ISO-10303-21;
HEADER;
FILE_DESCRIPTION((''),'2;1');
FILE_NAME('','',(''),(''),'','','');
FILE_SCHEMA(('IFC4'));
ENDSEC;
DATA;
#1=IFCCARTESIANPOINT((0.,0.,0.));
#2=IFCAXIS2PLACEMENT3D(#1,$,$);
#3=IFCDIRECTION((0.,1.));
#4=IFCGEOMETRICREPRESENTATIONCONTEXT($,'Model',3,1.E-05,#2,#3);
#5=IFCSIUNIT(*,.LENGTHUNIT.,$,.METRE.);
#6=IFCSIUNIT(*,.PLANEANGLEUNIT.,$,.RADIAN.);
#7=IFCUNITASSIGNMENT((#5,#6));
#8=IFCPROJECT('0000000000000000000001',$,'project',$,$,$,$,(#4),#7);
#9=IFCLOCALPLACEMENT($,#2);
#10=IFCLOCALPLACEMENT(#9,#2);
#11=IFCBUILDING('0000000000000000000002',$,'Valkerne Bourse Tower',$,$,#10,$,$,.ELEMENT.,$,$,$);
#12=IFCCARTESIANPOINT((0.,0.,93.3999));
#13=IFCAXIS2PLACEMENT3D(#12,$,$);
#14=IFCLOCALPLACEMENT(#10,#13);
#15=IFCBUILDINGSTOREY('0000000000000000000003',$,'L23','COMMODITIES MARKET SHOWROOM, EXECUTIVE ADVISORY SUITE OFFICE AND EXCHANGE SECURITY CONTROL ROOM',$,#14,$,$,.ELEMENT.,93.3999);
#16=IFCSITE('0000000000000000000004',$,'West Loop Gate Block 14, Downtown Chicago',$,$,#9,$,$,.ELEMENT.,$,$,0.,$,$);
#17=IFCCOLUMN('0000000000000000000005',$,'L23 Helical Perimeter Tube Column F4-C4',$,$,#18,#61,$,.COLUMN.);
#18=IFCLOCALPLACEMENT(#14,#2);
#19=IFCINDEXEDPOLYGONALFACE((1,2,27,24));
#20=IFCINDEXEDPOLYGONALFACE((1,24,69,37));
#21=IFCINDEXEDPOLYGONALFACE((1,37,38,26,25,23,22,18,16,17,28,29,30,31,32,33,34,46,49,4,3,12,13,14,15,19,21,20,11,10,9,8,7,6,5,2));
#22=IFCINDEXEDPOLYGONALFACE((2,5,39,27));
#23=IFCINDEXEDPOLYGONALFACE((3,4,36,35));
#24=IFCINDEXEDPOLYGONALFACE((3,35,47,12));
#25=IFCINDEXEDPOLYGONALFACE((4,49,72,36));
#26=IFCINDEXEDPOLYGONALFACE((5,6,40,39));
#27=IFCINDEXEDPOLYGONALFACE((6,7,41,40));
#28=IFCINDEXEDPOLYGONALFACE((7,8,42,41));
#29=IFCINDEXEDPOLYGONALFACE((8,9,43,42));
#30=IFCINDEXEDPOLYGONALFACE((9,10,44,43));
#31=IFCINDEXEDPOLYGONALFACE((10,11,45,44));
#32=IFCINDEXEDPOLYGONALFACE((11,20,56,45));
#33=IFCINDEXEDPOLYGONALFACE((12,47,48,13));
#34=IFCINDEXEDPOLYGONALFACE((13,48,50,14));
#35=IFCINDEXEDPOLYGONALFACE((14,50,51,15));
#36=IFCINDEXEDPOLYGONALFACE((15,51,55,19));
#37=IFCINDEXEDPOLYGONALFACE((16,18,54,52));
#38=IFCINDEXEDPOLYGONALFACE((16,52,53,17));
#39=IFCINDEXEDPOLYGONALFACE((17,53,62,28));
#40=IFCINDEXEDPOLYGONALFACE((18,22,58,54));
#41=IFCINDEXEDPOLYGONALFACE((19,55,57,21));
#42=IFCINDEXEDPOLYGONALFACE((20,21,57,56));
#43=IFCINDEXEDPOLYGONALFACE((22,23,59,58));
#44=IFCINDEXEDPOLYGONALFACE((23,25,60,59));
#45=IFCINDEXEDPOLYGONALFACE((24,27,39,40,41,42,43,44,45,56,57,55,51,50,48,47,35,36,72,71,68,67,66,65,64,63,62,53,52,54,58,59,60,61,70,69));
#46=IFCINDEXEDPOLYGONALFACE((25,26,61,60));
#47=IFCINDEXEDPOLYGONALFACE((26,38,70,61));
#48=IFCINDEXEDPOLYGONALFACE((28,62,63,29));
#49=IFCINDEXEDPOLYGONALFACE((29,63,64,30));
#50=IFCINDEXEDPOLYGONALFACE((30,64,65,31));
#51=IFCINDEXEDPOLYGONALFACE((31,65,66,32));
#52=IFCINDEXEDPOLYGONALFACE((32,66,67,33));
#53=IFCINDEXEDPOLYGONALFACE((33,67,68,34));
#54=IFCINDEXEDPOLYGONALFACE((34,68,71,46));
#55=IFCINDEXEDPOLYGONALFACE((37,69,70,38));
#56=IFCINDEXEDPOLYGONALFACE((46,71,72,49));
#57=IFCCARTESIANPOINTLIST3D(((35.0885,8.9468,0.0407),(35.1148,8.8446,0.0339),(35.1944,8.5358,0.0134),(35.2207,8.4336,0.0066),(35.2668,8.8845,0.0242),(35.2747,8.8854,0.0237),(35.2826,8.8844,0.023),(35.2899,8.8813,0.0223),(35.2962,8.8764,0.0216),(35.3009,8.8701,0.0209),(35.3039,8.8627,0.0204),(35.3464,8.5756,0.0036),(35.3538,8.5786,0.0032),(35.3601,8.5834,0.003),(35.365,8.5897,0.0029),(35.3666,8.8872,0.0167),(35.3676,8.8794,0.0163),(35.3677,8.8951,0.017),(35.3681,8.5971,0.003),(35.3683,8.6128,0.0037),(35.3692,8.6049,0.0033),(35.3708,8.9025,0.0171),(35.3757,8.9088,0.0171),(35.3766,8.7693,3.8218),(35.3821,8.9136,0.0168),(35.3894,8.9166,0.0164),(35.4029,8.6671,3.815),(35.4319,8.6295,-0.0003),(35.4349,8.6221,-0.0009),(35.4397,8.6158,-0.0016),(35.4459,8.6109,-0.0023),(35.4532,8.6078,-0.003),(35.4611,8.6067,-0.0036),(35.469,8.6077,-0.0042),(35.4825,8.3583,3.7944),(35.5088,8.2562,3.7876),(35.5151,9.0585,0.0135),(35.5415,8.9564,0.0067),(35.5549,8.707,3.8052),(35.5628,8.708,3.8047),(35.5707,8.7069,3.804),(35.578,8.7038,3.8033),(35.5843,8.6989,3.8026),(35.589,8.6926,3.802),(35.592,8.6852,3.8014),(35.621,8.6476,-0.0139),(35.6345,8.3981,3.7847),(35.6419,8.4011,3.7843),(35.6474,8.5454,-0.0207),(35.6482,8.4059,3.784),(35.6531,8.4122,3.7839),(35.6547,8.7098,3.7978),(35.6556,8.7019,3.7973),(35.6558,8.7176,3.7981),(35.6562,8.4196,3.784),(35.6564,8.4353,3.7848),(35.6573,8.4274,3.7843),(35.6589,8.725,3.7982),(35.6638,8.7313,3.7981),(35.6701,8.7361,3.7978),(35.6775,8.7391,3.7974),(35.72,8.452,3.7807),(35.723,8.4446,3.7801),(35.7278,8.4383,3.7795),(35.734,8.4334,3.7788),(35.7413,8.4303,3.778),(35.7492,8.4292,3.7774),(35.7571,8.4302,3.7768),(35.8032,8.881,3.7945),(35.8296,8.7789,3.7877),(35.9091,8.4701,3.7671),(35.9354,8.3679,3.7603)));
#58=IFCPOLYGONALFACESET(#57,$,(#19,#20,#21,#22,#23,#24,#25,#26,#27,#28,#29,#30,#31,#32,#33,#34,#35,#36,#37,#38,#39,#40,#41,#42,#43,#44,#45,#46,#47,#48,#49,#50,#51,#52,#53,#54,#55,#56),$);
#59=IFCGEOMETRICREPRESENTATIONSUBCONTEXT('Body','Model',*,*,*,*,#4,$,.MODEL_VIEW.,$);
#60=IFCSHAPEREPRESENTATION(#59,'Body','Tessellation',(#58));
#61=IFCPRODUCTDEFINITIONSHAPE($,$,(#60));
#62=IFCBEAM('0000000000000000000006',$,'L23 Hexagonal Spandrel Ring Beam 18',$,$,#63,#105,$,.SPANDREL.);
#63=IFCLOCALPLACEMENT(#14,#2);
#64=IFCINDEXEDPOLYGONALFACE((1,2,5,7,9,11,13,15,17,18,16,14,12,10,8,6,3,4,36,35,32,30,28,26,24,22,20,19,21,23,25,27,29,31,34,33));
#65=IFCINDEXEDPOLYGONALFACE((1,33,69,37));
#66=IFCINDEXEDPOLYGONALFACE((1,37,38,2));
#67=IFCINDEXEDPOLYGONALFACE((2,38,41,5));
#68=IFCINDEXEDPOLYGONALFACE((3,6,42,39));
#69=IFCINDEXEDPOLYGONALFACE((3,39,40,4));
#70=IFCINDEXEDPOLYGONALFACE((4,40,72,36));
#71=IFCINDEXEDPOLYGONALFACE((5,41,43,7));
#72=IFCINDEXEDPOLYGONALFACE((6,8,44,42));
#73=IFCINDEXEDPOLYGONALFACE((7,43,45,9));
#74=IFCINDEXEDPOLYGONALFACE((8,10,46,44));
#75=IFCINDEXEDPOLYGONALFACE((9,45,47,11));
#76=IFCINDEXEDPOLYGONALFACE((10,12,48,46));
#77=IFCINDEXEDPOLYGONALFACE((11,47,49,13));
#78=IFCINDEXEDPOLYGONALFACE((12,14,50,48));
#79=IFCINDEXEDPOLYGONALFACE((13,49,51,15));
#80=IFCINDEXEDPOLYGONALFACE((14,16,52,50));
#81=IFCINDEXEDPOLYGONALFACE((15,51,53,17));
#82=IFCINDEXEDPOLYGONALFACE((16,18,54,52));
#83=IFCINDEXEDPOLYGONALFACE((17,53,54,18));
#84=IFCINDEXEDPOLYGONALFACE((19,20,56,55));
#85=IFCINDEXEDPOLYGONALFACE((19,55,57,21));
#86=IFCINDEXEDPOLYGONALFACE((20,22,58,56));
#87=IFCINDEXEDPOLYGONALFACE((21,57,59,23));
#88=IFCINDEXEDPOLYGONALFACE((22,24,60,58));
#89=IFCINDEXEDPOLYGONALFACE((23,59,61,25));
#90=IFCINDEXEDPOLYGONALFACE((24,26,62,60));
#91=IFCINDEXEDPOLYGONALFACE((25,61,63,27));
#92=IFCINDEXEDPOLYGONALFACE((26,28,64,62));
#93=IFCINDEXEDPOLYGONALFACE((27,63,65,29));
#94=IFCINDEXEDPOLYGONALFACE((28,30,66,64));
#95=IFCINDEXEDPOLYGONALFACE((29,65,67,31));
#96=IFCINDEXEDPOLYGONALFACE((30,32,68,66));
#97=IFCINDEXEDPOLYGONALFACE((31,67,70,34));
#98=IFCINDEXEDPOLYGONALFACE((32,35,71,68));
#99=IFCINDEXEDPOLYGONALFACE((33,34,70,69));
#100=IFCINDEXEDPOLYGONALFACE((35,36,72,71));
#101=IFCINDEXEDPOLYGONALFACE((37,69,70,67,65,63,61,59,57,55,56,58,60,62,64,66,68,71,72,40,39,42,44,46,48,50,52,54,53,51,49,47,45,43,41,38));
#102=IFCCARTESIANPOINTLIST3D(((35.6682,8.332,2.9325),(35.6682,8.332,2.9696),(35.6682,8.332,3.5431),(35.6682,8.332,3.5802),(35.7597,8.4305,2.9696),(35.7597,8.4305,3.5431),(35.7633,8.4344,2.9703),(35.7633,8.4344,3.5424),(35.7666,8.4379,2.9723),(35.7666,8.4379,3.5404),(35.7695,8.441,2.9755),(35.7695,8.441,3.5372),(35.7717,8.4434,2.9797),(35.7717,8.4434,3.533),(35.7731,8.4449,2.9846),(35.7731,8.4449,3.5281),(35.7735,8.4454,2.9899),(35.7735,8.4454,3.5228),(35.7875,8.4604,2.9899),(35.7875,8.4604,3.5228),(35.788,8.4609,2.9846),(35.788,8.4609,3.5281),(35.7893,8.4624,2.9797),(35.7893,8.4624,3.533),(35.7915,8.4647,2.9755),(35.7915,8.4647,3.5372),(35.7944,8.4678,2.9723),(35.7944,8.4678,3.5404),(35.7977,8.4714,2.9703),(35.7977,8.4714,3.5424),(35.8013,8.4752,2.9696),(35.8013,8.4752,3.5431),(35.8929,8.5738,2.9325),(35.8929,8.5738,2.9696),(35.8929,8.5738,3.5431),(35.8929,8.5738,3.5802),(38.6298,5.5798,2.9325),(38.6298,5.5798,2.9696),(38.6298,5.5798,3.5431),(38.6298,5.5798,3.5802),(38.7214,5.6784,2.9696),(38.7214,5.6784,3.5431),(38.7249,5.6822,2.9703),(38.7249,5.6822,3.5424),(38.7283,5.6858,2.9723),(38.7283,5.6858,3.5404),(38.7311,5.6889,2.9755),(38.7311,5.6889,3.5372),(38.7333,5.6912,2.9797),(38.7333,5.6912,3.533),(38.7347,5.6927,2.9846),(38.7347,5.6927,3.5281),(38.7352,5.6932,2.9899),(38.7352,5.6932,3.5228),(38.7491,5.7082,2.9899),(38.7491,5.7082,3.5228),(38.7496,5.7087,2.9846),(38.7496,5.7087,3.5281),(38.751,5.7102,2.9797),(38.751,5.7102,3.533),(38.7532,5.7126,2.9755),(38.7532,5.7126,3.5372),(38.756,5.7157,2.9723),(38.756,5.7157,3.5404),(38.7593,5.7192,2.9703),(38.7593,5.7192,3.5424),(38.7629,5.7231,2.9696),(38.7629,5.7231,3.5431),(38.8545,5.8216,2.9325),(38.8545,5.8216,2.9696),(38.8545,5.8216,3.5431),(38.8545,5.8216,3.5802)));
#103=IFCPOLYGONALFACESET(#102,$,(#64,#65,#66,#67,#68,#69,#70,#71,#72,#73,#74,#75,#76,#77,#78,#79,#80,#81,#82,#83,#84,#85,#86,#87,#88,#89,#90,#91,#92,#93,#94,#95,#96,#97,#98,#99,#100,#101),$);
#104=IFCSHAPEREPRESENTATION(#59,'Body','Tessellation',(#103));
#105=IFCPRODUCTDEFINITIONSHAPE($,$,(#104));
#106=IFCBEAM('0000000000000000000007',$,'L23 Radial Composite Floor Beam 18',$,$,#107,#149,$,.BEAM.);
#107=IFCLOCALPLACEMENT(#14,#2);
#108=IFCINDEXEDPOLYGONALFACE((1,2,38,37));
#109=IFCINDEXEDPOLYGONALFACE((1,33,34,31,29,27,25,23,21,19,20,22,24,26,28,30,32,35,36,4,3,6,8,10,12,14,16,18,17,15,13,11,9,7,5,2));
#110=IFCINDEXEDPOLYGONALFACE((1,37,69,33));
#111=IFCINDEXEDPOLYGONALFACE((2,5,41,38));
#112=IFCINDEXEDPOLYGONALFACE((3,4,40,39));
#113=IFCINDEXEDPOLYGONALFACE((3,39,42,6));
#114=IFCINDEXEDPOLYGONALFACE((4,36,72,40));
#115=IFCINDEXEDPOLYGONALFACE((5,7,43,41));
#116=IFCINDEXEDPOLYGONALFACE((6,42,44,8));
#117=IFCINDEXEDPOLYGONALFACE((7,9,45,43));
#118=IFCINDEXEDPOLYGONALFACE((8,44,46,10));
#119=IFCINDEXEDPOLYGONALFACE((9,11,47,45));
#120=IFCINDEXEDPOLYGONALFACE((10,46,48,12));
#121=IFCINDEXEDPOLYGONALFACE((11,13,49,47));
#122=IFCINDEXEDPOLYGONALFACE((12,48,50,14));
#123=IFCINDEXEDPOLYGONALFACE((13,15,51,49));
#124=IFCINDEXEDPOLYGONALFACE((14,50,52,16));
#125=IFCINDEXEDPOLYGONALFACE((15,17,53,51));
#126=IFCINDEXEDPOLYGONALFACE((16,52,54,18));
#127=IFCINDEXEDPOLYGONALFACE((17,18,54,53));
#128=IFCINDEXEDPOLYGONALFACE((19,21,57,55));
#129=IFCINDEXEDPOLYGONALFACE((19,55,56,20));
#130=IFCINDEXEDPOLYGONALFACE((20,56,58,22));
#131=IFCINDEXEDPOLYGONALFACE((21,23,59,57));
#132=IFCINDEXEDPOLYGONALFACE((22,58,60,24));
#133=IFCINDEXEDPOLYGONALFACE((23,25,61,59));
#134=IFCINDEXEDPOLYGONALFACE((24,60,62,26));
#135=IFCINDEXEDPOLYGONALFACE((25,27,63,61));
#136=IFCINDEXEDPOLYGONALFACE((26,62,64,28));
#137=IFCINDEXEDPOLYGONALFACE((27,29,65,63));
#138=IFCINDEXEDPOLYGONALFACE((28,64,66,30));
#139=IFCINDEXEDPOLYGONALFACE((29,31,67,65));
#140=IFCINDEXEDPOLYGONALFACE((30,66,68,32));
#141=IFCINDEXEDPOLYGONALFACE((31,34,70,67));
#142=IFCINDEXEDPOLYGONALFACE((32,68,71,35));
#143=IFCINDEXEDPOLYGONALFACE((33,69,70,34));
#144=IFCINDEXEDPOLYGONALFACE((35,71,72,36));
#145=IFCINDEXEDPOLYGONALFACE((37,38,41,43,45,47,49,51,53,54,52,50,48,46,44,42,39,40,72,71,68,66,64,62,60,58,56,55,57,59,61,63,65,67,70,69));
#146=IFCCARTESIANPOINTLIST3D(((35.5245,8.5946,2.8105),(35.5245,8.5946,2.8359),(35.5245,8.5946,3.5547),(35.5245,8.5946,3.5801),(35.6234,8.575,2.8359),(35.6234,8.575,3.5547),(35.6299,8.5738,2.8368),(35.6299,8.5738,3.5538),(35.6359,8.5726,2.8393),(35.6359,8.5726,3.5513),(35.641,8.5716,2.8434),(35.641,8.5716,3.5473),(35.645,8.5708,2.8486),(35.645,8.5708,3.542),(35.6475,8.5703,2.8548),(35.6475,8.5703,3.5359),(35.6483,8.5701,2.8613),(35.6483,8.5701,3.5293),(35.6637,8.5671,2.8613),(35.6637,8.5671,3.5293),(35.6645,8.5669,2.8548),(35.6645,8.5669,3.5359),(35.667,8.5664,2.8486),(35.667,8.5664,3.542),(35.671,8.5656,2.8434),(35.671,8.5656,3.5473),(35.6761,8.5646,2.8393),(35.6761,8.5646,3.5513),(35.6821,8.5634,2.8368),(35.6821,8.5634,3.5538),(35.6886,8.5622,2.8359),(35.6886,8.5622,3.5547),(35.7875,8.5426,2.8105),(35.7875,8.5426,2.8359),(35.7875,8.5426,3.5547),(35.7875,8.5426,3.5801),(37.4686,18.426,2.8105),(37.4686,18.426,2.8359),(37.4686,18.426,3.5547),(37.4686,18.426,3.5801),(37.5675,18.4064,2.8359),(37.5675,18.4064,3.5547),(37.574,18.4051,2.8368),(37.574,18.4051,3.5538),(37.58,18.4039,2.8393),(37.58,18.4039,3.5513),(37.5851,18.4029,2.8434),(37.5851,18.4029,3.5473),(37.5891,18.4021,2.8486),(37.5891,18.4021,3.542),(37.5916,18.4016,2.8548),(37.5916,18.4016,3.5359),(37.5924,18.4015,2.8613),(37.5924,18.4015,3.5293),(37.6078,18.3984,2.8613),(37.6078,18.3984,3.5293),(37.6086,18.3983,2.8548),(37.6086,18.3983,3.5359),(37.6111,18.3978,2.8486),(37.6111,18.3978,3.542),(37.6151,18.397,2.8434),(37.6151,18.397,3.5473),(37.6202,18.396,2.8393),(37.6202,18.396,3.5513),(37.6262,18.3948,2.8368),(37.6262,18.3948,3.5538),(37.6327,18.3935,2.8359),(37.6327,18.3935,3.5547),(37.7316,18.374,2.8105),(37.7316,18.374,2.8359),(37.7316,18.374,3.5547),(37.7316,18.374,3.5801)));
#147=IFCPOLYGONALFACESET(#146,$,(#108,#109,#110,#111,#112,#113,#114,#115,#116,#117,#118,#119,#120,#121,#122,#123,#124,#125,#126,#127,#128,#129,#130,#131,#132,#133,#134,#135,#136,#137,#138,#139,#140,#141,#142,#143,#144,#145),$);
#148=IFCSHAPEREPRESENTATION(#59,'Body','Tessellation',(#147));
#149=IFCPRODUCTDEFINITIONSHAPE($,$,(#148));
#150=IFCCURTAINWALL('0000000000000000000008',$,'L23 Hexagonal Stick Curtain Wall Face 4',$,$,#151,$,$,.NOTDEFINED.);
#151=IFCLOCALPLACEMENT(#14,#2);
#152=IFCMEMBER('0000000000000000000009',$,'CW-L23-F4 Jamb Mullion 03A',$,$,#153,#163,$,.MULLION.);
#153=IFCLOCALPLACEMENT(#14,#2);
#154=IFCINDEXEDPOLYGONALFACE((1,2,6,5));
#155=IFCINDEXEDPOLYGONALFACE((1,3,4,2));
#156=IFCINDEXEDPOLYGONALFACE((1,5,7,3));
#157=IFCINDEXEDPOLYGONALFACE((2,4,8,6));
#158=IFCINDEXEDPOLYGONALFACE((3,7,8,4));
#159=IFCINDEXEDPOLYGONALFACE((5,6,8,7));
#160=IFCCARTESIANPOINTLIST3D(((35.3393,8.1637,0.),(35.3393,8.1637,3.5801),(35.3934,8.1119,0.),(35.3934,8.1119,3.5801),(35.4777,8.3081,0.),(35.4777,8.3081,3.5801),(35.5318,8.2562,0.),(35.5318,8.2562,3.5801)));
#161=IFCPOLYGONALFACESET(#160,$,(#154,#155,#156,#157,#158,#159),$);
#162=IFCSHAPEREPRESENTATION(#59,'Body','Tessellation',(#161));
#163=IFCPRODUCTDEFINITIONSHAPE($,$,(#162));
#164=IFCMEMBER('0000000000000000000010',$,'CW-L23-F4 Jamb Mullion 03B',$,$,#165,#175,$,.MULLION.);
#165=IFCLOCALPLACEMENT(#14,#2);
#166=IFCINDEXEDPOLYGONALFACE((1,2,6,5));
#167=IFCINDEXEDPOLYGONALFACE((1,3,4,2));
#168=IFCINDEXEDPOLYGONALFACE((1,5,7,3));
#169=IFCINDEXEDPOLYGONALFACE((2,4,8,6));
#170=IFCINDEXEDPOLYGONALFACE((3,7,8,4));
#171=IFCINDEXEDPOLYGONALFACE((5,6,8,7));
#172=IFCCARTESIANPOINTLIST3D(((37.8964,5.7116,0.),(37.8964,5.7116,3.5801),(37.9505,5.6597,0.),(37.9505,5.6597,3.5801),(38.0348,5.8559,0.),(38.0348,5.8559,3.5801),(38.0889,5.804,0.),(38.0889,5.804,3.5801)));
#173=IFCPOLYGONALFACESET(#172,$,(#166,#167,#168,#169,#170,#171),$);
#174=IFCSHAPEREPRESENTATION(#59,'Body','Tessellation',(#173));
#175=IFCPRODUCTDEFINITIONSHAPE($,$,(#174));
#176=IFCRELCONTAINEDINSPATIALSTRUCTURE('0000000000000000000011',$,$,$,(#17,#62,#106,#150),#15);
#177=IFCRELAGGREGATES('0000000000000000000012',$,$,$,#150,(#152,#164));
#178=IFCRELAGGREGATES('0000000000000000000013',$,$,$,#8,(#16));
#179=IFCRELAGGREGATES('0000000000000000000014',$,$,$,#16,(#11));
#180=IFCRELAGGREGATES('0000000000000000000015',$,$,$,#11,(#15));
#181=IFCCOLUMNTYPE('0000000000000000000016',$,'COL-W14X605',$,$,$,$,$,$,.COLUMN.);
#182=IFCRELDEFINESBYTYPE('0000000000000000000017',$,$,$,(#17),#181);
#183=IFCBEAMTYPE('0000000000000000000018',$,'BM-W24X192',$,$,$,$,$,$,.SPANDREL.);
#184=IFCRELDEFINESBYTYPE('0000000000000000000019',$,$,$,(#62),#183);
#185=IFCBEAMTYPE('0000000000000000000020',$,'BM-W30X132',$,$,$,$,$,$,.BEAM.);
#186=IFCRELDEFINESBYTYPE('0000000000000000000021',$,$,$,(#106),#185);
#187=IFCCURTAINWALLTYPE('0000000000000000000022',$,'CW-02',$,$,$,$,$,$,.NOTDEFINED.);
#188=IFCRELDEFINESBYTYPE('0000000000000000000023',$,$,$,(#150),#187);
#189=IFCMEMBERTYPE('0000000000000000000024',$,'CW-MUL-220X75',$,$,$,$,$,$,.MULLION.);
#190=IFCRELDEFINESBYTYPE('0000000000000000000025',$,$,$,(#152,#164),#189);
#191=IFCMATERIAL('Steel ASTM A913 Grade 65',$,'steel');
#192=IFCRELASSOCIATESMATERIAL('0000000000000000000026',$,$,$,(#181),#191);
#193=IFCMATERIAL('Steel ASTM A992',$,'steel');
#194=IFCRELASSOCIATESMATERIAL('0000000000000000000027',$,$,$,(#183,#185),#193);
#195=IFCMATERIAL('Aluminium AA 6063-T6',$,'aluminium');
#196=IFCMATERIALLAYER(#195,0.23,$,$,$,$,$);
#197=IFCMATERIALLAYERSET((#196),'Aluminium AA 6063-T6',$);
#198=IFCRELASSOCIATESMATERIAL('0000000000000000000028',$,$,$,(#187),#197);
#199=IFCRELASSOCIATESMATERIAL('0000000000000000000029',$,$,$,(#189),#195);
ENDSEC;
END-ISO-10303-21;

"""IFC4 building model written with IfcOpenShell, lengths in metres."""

from ifc_helpers import new_model, si_unit, direction, frame, origin, origin_2d, place, context, subcontext, project, spatial, rectangle, i_section, extrude, material, layer, layer_set, material_profile, profile_set, type_object, element, aggregate, save


model = new_model("IFC4")

# Units and contexts
model_context = context("Model", 3, precision=1e-05, world=origin(), true_north=direction((0.0, 1.0)))
body_context = subcontext(model_context, "Body", "Model", "MODEL_VIEW")
ifc_project = project(units=[si_unit("LENGTHUNIT", "METRE"), si_unit("PLANEANGLEUNIT", "RADIAN")], contexts=[model_context])

# Site, building, storey
site_placement = place(None, origin())
site = spatial("IfcSite", under=ifc_project, at=site_placement, Name="West Loop Gate Block 14, Downtown Chicago", CompositionType="ELEMENT", RefElevation=0.0)
building_placement = place(site_placement, origin())
building = spatial("IfcBuilding", under=site, at=building_placement, Name="Valkerne Bourse Tower", CompositionType="ELEMENT")
storey_placement = place(building_placement, frame((0.0, 0.0, 93.3999)))
storey = spatial("IfcBuildingStorey", under=building, at=storey_placement, Name="L23", Description="COMMODITIES MARKET SHOWROOM, EXECUTIVE ADVISORY SUITE OFFICE AND EXCHANGE SECURITY CONTROL ROOM", CompositionType="ELEMENT", Elevation=93.3999)

# Column
ifc_material_1 = material(Name="Steel ASTM A913 Grade 65", Category="steel")
ifc_material_profile_1 = material_profile(ifc_material_1, i_section(OverallWidth=0.4419, OverallDepth=0.531, WebThickness=0.0659, FlangeThickness=0.1057, FilletRadius=0.0305, at=origin_2d()), Name="W14X605")
ifc_profile_set_1 = profile_set([ifc_material_profile_1], Name="Steel ASTM A913 Grade 65")
column_type = type_object("IfcColumnType", Name="COL-W14X605", PredefinedType="COLUMN", material=ifc_profile_set_1)
column_placement = place(storey_placement, frame((35.3679, 8.7461, 0.01), z_axis=(0.07589, -0.046756, 0.996019), x_axis=(0.965527, 0.252885, -0.061695)))
element("IfcColumn", 1, at=column_placement, inside=storey, type_object=column_type, Name="L23 Helical Perimeter Tube Column F4-C4", PredefinedType="COLUMN", context=body_context, shape_type="SweptSolid", body=[
    extrude(i_section(OverallWidth=0.4419, OverallDepth=0.531, WebThickness=0.0659, FlangeThickness=0.1057, FilletRadius=0.0305, at=origin_2d()), origin(), (0.0, 0.0, 1.0), 3.7961),
])

# Beams
ifc_material_2 = material(Name="Steel ASTM A992", Category="steel")
ifc_material_profile_2 = material_profile(ifc_material_2, i_section(OverallWidth=0.3301, OverallDepth=0.6477, WebThickness=0.0205, FlangeThickness=0.0371, FilletRadius=0.0203, at=origin_2d()), Name="W24X192")
ifc_profile_set_2 = profile_set([ifc_material_profile_2], Name="Steel ASTM A992")
beam_type_1 = type_object("IfcBeamType", Name="BM-W24X192", PredefinedType="SPANDREL", material=ifc_profile_set_2)
beam_1_placement = place(storey_placement, frame((35.7805, 8.4529, 3.2563), z_axis=(0.732538, -0.680727, 0.0), x_axis=(0.680727, 0.732538, 0.0)))
element("IfcBeam", 2, at=beam_1_placement, inside=storey, type_object=beam_type_1, Name="L23 Hexagonal Spandrel Ring Beam 18", PredefinedType="SPANDREL", context=body_context, shape_type="SweptSolid", body=[
    extrude(i_section(OverallWidth=0.3301, OverallDepth=0.6477, WebThickness=0.0205, FlangeThickness=0.0371, FilletRadius=0.0203, at=origin_2d()), origin(), (0.0, 0.0, 1.0), 4.043),
])
ifc_material_profile_3 = material_profile(ifc_material_2, i_section(OverallWidth=0.2681, OverallDepth=0.7695, WebThickness=0.0156, FlangeThickness=0.0254, FilletRadius=0.0254, at=origin_2d()), Name="W30X132")
ifc_profile_set_3 = profile_set([ifc_material_profile_3], Name="Steel ASTM A992")
beam_type_2 = type_object("IfcBeamType", Name="BM-W30X132", PredefinedType="BEAM", material=ifc_profile_set_3)
beam_2_placement = place(storey_placement, frame((35.656, 8.5686, 3.1953), z_axis=(0.193989, 0.981004, 0.0), x_axis=(-0.981004, 0.193989, 0.0)))
element("IfcBeam", 3, at=beam_2_placement, inside=storey, type_object=beam_type_2, Name="L23 Radial Composite Floor Beam 18", PredefinedType="BEAM", context=body_context, shape_type="SweptSolid", body=[
    extrude(i_section(OverallWidth=0.2681, OverallDepth=0.7695, WebThickness=0.0156, FlangeThickness=0.0254, FilletRadius=0.0254, at=origin_2d()), origin(), (0.0, 0.0, 1.0), 10.0217),
])

# Curtain wall, members
ifc_material_3 = material(Name="Aluminium AA 6063-T6", Category="aluminium")
ifc_layer_1 = layer(ifc_material_3, 0.23)
ifc_layer_set_1 = layer_set([ifc_layer_1], Name="Aluminium AA 6063-T6")
curtain_wall_type = type_object("IfcCurtainWallType", Name="CW-02", PredefinedType="NOTDEFINED", material=ifc_layer_set_1)
curtain_wall_placement = place(storey_placement, origin())
curtain_wall = element("IfcCurtainWall", 4, at=curtain_wall_placement, inside=storey, type_object=curtain_wall_type, Name="L23 Hexagonal Stick Curtain Wall Face 4", PredefinedType="NOTDEFINED")
ifc_material_profile_4 = material_profile(ifc_material_3, rectangle(XDim=0.075, YDim=0.2, at=origin_2d()), Name="CWM-75X200")
ifc_profile_set_4 = profile_set([ifc_material_profile_4], Name="Aluminium AA 6063-T6")
member_type_1 = type_object("IfcMemberType", Name="CW-MUL-220X75", PredefinedType="MULLION", material=ifc_profile_set_4)
member_1_placement = place(storey_placement, frame((35.4355, 8.21, 0.0), z_axis=(0.0, 0.0, 1.0), x_axis=(0.721748, -0.692156, 0.0)))
member_1 = element("IfcMember", 5, at=member_1_placement, type_object=member_type_1, Name="CW-L23-F4 Jamb Mullion 03A", PredefinedType="MULLION", context=body_context, shape_type="SweptSolid", body=[
    extrude(rectangle(XDim=0.075, YDim=0.2, at=origin_2d()), origin(), (0.0, 0.0, 1.0), 3.5801),
])
member_2_placement = place(storey_placement, frame((37.9927, 5.7578, 0.0), z_axis=(0.0, 0.0, 1.0), x_axis=(0.721748, -0.692156, 0.0)))
member_2 = element("IfcMember", 6, at=member_2_placement, type_object=member_type_1, Name="CW-L23-F4 Jamb Mullion 03B", PredefinedType="MULLION", context=body_context, shape_type="SweptSolid", body=[
    extrude(rectangle(XDim=0.075, YDim=0.2, at=origin_2d()), origin(), (0.0, 0.0, 1.0), 3.5801),
])

aggregate(curtain_wall, [member_1, member_2])

save(model, "model.ifc")
